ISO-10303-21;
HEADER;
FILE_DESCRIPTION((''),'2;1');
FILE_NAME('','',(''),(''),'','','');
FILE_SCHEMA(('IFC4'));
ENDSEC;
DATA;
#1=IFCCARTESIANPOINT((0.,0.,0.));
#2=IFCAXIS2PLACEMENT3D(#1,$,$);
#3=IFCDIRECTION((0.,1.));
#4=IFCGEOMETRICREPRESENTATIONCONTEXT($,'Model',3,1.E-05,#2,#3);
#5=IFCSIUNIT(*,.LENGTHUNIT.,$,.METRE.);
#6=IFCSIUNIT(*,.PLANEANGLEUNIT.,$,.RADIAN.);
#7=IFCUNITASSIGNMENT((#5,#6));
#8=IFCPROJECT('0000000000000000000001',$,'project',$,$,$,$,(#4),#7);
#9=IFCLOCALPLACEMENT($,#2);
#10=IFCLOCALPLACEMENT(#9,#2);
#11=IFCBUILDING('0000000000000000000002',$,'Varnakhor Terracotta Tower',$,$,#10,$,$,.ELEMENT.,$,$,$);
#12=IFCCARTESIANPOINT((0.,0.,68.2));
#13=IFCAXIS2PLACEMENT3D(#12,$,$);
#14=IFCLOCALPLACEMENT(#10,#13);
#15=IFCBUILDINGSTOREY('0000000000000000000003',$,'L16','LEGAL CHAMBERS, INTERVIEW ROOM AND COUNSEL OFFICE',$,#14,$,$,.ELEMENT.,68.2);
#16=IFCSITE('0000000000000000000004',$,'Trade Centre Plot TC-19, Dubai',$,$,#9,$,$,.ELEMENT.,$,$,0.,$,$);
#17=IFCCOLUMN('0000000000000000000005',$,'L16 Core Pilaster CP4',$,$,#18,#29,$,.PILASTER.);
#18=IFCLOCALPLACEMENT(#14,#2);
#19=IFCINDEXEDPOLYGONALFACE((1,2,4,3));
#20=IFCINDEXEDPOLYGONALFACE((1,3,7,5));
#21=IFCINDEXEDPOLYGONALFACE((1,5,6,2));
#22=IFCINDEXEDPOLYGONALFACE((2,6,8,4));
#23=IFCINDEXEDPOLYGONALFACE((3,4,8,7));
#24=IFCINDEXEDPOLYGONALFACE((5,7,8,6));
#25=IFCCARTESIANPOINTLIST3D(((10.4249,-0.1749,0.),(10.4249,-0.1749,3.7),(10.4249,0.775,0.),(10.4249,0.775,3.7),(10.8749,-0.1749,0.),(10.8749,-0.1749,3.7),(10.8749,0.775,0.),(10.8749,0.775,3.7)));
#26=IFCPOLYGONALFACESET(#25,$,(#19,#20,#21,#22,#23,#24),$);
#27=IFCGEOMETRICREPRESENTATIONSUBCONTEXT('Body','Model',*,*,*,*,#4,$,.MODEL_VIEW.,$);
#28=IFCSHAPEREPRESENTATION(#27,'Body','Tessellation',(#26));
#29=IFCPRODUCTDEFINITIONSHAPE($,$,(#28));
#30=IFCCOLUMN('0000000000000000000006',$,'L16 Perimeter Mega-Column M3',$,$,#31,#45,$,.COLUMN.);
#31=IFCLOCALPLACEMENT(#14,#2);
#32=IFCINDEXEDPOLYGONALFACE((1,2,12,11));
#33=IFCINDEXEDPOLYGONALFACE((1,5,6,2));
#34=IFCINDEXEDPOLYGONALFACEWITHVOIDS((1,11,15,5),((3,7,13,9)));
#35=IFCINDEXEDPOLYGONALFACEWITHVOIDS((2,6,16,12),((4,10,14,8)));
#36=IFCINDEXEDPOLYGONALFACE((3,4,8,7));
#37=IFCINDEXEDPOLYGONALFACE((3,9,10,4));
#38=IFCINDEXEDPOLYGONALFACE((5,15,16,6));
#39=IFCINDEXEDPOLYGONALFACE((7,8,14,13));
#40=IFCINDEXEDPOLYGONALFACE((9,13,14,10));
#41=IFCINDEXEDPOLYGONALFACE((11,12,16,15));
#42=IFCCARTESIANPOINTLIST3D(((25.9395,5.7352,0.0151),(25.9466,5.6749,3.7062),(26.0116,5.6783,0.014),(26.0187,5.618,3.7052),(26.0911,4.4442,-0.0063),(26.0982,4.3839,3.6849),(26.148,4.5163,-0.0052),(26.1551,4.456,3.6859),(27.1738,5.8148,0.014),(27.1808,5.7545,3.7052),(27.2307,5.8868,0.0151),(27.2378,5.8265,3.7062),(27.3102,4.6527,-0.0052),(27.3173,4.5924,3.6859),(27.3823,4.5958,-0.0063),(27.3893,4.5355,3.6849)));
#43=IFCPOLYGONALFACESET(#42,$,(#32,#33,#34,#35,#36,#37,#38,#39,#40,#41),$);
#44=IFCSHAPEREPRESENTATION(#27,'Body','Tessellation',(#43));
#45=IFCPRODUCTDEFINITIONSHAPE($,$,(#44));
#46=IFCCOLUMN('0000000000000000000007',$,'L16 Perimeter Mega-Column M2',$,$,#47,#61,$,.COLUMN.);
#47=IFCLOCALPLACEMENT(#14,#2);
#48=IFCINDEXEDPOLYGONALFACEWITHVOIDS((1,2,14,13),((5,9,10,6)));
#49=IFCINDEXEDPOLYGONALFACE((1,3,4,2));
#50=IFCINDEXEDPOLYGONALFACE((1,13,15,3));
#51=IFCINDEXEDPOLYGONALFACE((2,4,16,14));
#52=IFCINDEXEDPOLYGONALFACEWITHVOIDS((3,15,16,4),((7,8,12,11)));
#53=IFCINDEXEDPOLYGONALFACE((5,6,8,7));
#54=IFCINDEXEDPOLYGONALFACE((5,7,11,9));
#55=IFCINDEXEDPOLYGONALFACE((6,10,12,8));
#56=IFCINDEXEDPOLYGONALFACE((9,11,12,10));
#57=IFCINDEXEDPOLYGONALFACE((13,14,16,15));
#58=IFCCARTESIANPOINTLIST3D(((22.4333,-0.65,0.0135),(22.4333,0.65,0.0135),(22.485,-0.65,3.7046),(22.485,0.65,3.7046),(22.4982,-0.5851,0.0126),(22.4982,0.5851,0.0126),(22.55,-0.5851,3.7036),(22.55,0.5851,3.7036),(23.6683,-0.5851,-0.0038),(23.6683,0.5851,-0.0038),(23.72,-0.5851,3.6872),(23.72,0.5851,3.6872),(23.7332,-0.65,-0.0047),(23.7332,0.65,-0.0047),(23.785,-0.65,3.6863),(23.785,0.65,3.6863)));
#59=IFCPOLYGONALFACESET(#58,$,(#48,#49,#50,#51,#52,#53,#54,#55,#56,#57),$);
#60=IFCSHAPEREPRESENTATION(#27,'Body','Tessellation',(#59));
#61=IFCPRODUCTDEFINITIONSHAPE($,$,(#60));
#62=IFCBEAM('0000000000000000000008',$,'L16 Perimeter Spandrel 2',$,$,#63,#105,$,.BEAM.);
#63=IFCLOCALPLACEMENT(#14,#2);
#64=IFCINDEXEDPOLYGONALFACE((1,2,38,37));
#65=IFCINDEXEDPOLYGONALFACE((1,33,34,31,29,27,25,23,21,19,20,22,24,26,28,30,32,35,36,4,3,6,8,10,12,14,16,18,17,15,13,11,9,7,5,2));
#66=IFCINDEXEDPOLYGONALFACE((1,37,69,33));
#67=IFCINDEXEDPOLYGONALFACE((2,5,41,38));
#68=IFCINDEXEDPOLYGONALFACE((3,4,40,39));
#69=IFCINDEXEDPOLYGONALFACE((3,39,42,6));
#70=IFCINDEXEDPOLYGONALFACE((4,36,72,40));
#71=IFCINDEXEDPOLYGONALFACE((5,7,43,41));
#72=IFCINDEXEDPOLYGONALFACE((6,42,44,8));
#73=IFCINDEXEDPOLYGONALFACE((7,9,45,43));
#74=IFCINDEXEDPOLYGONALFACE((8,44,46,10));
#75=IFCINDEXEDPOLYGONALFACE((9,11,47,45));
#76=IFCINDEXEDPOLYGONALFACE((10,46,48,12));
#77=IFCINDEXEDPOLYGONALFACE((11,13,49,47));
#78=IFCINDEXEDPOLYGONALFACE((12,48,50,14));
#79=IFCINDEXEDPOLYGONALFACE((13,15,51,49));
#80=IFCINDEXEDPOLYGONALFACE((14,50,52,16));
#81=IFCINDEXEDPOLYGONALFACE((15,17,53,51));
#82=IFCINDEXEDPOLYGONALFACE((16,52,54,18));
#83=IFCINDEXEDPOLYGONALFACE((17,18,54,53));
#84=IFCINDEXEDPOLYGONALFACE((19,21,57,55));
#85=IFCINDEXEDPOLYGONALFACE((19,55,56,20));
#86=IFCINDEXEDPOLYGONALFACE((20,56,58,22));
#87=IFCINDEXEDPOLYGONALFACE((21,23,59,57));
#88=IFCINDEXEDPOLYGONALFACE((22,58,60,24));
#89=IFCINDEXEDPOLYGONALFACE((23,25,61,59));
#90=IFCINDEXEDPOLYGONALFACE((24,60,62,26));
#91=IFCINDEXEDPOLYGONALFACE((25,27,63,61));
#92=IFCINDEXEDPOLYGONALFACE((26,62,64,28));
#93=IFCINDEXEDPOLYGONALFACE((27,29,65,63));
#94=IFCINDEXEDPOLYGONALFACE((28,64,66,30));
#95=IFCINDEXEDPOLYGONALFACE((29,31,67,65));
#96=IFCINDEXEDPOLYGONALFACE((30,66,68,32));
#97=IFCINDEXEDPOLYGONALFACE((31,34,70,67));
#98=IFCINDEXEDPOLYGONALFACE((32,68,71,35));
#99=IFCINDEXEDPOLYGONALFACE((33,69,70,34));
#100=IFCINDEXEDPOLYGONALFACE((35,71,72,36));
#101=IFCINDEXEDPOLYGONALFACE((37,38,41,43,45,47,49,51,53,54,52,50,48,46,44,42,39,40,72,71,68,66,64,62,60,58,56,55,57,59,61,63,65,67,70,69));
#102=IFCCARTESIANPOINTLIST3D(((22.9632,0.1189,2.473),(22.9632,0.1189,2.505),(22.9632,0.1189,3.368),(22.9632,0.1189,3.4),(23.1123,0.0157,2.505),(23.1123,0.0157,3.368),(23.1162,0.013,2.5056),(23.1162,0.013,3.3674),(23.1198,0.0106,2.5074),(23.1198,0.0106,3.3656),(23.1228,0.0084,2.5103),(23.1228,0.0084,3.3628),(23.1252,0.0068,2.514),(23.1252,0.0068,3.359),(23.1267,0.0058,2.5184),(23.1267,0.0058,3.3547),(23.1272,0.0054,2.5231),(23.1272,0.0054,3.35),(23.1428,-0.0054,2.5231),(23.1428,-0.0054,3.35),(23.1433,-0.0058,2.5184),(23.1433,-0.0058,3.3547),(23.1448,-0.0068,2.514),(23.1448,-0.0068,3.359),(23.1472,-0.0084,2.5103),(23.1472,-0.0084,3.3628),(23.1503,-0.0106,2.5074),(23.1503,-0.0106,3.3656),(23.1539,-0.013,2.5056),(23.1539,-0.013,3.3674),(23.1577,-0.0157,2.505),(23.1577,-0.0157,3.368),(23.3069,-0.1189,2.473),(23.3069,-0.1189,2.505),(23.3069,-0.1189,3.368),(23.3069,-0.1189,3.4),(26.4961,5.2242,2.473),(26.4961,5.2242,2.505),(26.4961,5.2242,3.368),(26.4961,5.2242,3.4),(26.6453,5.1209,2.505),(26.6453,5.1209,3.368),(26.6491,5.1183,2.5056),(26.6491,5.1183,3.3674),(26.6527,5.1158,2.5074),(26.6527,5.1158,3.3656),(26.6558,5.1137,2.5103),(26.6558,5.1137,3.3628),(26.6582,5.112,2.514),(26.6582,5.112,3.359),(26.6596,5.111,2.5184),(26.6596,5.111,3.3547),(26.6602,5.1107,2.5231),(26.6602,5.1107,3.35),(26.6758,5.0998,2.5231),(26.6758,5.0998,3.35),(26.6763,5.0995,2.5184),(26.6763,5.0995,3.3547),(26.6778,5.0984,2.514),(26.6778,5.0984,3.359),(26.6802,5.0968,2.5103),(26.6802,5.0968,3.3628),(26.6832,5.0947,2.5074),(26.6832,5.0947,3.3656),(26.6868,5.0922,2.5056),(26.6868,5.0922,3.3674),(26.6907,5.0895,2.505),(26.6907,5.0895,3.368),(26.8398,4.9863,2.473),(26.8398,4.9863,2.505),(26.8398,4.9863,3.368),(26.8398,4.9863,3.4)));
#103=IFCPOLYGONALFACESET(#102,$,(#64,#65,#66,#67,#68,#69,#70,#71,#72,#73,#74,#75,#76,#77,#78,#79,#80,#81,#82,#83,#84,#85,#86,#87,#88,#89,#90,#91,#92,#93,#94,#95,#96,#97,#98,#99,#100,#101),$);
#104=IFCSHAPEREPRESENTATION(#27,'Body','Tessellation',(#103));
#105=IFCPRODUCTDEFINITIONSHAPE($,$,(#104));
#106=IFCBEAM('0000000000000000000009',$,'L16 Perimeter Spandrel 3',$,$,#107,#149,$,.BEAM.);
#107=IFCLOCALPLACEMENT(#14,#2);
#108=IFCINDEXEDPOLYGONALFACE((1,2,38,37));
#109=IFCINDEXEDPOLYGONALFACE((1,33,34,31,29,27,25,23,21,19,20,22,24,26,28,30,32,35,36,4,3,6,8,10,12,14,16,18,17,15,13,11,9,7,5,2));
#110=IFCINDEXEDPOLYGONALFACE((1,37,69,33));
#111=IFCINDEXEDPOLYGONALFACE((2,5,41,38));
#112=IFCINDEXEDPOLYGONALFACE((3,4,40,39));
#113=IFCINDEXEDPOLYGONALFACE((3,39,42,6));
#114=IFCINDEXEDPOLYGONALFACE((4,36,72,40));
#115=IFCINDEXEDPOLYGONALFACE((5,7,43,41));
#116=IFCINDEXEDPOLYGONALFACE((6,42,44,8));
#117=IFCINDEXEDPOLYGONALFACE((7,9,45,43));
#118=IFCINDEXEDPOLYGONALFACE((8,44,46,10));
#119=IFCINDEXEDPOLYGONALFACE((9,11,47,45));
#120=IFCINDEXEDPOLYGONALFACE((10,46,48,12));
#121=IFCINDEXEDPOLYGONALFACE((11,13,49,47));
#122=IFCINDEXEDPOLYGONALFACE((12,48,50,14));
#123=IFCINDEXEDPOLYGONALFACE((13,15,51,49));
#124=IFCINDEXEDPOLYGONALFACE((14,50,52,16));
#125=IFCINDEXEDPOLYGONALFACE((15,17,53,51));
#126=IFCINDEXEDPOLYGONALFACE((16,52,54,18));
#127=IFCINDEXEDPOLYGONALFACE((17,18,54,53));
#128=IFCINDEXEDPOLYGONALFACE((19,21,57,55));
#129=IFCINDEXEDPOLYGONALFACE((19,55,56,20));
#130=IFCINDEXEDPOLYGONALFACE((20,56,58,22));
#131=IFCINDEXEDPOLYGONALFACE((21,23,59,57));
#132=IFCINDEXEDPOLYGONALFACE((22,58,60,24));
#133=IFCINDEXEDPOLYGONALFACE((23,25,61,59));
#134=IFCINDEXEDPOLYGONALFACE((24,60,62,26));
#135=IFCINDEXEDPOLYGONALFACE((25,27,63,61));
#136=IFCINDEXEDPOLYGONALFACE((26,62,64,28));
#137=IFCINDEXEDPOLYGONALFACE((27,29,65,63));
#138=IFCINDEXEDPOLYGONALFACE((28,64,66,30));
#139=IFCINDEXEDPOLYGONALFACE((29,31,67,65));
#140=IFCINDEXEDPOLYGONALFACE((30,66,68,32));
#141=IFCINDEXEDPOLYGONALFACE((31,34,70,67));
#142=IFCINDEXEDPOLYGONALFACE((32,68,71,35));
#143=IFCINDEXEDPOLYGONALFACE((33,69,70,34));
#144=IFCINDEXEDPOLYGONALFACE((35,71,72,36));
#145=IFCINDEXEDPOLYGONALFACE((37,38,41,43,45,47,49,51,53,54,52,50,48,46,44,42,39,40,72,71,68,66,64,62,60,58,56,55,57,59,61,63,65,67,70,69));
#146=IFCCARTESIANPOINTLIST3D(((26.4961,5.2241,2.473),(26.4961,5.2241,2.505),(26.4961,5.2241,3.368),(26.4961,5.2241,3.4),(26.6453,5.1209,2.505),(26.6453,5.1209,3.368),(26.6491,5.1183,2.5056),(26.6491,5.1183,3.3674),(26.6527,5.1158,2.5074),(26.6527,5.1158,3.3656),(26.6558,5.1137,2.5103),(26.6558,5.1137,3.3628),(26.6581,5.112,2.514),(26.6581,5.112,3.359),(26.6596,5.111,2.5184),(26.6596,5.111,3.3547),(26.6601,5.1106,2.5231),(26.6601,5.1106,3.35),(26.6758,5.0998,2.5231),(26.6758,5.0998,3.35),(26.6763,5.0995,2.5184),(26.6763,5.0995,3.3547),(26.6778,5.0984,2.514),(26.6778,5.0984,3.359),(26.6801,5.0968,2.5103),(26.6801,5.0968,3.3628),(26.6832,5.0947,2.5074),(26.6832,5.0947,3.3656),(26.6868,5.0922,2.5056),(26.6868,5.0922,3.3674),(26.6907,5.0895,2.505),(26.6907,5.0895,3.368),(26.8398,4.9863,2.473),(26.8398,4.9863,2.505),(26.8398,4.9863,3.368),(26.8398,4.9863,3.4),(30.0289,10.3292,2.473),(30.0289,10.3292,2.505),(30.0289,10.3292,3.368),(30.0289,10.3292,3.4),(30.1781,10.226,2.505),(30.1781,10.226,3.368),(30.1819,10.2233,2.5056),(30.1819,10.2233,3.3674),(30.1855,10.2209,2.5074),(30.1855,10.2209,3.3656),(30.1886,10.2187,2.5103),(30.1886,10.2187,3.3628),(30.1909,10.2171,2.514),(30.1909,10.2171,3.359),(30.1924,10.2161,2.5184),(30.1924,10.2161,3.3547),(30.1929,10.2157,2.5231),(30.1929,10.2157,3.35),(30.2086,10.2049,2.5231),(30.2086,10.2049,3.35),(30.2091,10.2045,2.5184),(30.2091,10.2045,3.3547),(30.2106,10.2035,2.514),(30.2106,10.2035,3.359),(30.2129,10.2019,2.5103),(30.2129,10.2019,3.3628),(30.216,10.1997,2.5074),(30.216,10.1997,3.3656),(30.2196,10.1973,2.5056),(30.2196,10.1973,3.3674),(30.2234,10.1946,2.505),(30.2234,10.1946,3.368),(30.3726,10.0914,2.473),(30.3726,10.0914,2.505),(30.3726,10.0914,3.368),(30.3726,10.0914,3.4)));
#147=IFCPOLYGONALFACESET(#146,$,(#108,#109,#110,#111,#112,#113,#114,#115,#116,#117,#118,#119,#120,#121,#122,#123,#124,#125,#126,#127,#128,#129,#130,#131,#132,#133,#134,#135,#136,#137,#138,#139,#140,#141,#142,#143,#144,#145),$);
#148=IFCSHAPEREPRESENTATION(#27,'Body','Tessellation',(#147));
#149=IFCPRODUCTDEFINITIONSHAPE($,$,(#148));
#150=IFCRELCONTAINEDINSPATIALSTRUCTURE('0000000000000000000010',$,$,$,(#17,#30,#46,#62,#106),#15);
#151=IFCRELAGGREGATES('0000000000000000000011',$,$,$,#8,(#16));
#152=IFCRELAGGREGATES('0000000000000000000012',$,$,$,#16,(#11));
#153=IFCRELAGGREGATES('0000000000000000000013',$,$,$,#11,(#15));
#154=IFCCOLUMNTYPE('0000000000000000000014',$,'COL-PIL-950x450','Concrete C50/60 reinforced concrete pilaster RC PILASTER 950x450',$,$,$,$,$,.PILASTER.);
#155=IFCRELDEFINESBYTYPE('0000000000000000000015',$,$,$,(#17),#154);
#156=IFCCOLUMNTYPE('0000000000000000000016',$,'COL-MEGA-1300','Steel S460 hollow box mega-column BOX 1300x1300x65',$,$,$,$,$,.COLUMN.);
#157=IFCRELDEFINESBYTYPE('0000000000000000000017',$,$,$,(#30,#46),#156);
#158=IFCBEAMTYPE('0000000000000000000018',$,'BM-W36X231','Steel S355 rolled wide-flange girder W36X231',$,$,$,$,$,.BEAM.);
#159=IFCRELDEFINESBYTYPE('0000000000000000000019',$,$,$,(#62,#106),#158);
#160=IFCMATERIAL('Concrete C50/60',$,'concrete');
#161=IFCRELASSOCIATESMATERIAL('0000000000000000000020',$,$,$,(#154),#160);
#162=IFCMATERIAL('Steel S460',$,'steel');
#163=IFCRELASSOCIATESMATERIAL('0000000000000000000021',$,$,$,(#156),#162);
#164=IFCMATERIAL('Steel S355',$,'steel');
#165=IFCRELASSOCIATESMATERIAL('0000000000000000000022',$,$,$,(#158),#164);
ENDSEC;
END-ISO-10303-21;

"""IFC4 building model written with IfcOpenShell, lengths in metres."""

from ifc_helpers import new_model, si_unit, direction, frame, origin, origin_2d, place, context, subcontext, project, spatial, rectangle, hollow_rectangle, i_section, extrude, source, transform, mapped, material, material_profile, profile_set, type_object, element, save


model = new_model("IFC4")

# Units and contexts
model_context = context("Model", 3, precision=1e-05, world=origin(), true_north=direction((0.0, 1.0)))
body_context = subcontext(model_context, "Body", "Model", "MODEL_VIEW")
ifc_project = project(units=[si_unit("LENGTHUNIT", "METRE"), si_unit("PLANEANGLEUNIT", "RADIAN")], contexts=[model_context])

# Site, building, storey
site_placement = place(None, origin())
site = spatial("IfcSite", under=ifc_project, at=site_placement, Name="Trade Centre Plot TC-19, Dubai", CompositionType="ELEMENT", RefElevation=0.0)
building_placement = place(site_placement, origin())
building = spatial("IfcBuilding", under=site, at=building_placement, Name="Varnakhor Terracotta Tower", CompositionType="ELEMENT")
storey_placement = place(building_placement, frame((0.0, 0.0, 68.2)))
storey = spatial("IfcBuildingStorey", under=building, at=storey_placement, Name="L16", Description="LEGAL CHAMBERS, INTERVIEW ROOM AND COUNSEL OFFICE", CompositionType="ELEMENT", Elevation=68.2)

# Columns
ifc_material_1 = material(Name="Concrete C50/60", Category="concrete")
ifc_material_profile_1 = material_profile(ifc_material_1, rectangle(XDim=0.45, YDim=0.95, at=origin_2d()), Name="RC PILASTER 950x450")
ifc_profile_set_1 = profile_set([ifc_material_profile_1], Name="Concrete C50/60")
column_type_1 = type_object("IfcColumnType", Name="COL-PIL-950x450", Description="Concrete C50/60 reinforced concrete pilaster RC PILASTER 950x450", PredefinedType="PILASTER", material=ifc_profile_set_1)
shared_shape_1 = source(origin(), body_context, "Body", "SweptSolid", [
    extrude(rectangle(XDim=0.45, YDim=0.95, at=origin_2d()), origin(), (0.0, 0.0, 1.0), 3.7),
])
column_1_placement = place(storey_placement, frame((10.6499, 0.3, 0.0), z_axis=(0.0, 0.0, 1.0), x_axis=(1.0, 0.0, 0.0)))
element("IfcColumn", 1, at=column_1_placement, inside=storey, type_object=column_type_1, Name="L16 Core Pilaster CP4", PredefinedType="PILASTER", context=body_context, shape_type="MappedRepresentation", body=[
    mapped(shared_shape_1, transform((0.0, 0.0, 0.0), scale=1.0)),
])
ifc_material_2 = material(Name="Steel S460", Category="steel")
ifc_material_profile_2 = material_profile(ifc_material_2, hollow_rectangle(XDim=1.3, YDim=1.3, WallThickness=0.0649, at=origin_2d()), Name="BOX 1300x1300x65")
ifc_profile_set_2 = profile_set([ifc_material_profile_2], Name="Steel S460")
column_type_2 = type_object("IfcColumnType", Name="COL-MEGA-1300", Description="Steel S460 hollow box mega-column BOX 1300x1300x65", PredefinedType="COLUMN", material=ifc_profile_set_2)
shared_shape_2 = source(origin(), body_context, "Body", "SweptSolid", [
    extrude(hollow_rectangle(XDim=1.3, YDim=1.3, WallThickness=0.0649, at=origin_2d()), origin(), (0.0, 0.0, 1.0), 3.6917),
])
column_2_placement = place(storey_placement, frame((26.6609, 5.1655, 0.0044), z_axis=(0.001918, -0.016335, 0.999865), x_axis=(0.993178, 0.116608, 0.0)))
element("IfcColumn", 2, at=column_2_placement, inside=storey, type_object=column_type_2, Name="L16 Perimeter Mega-Column M3", PredefinedType="COLUMN", context=body_context, shape_type="MappedRepresentation", body=[
    mapped(shared_shape_2, transform((0.0, 0.0, 0.0), scale=1.0)),
])
shared_shape_3 = source(origin(), body_context, "Body", "SweptSolid", [
    extrude(hollow_rectangle(XDim=1.3, YDim=1.3, WallThickness=0.0649, at=origin_2d()), origin(), (0.0, 0.0, 1.0), 3.6914),
])
column_3_placement = place(storey_placement, frame((23.0833, 0.0, 0.0044), z_axis=(0.014021, 0.0, 0.999902), x_axis=(0.0, 1.0, 0.0)))
element("IfcColumn", 3, at=column_3_placement, inside=storey, type_object=column_type_2, Name="L16 Perimeter Mega-Column M2", PredefinedType="COLUMN", context=body_context, shape_type="MappedRepresentation", body=[
    mapped(shared_shape_3, transform((0.0, 0.0, 0.0), scale=1.0)),
])

# Beams
ifc_material_3 = material(Name="Steel S355", Category="steel")
ifc_material_profile_3 = material_profile(ifc_material_3, i_section(OverallWidth=0.418, OverallDepth=0.927, WebThickness=0.019, FlangeThickness=0.032, FilletRadius=0.0181, at=origin_2d()), Name="W36X231")
ifc_profile_set_3 = profile_set([ifc_material_profile_3], Name="Steel S355")
beam_type_1 = type_object("IfcBeamType", Name="BM-W36X231", Description="Steel S355 rolled wide-flange girder W36X231", PredefinedType="BEAM", material=ifc_profile_set_3)
shared_shape_4 = source(origin(), body_context, "Body", "SweptSolid", [
    extrude(i_section(OverallWidth=0.418, OverallDepth=0.927, WebThickness=0.019, FlangeThickness=0.032, FilletRadius=0.0181, at=origin_2d()), origin(), (0.0, 0.0, 1.0), 6.2085),
])
beam_1_placement = place(storey_placement, frame((23.135, 0.0, 2.9365), z_axis=(0.569055, 0.8223, 0.0), x_axis=(-0.8223, 0.569055, 0.0)))
element("IfcBeam", 4, at=beam_1_placement, inside=storey, type_object=beam_type_1, Name="L16 Perimeter Spandrel 2", PredefinedType="BEAM", context=body_context, shape_type="MappedRepresentation", body=[
    mapped(shared_shape_4, transform((0.0, 0.0, 0.0), scale=1.0)),
])
shared_shape_5 = source(origin(), body_context, "Body", "SweptSolid", [
    extrude(i_section(OverallWidth=0.418, OverallDepth=0.927, WebThickness=0.019, FlangeThickness=0.032, FilletRadius=0.0181, at=origin_2d()), origin(), (0.0, 0.0, 1.0), 6.2083),
])
beam_2_placement = place(storey_placement, frame((26.668, 5.1052, 2.9365), z_axis=(0.569046, 0.822305, 0.0), x_axis=(-0.822305, 0.569046, 0.0)))
element("IfcBeam", 5, at=beam_2_placement, inside=storey, type_object=beam_type_1, Name="L16 Perimeter Spandrel 3", PredefinedType="BEAM", context=body_context, shape_type="MappedRepresentation", body=[
    mapped(shared_shape_5, transform((0.0, 0.0, 0.0), scale=1.0)),
])

save(model, "model.ifc")
